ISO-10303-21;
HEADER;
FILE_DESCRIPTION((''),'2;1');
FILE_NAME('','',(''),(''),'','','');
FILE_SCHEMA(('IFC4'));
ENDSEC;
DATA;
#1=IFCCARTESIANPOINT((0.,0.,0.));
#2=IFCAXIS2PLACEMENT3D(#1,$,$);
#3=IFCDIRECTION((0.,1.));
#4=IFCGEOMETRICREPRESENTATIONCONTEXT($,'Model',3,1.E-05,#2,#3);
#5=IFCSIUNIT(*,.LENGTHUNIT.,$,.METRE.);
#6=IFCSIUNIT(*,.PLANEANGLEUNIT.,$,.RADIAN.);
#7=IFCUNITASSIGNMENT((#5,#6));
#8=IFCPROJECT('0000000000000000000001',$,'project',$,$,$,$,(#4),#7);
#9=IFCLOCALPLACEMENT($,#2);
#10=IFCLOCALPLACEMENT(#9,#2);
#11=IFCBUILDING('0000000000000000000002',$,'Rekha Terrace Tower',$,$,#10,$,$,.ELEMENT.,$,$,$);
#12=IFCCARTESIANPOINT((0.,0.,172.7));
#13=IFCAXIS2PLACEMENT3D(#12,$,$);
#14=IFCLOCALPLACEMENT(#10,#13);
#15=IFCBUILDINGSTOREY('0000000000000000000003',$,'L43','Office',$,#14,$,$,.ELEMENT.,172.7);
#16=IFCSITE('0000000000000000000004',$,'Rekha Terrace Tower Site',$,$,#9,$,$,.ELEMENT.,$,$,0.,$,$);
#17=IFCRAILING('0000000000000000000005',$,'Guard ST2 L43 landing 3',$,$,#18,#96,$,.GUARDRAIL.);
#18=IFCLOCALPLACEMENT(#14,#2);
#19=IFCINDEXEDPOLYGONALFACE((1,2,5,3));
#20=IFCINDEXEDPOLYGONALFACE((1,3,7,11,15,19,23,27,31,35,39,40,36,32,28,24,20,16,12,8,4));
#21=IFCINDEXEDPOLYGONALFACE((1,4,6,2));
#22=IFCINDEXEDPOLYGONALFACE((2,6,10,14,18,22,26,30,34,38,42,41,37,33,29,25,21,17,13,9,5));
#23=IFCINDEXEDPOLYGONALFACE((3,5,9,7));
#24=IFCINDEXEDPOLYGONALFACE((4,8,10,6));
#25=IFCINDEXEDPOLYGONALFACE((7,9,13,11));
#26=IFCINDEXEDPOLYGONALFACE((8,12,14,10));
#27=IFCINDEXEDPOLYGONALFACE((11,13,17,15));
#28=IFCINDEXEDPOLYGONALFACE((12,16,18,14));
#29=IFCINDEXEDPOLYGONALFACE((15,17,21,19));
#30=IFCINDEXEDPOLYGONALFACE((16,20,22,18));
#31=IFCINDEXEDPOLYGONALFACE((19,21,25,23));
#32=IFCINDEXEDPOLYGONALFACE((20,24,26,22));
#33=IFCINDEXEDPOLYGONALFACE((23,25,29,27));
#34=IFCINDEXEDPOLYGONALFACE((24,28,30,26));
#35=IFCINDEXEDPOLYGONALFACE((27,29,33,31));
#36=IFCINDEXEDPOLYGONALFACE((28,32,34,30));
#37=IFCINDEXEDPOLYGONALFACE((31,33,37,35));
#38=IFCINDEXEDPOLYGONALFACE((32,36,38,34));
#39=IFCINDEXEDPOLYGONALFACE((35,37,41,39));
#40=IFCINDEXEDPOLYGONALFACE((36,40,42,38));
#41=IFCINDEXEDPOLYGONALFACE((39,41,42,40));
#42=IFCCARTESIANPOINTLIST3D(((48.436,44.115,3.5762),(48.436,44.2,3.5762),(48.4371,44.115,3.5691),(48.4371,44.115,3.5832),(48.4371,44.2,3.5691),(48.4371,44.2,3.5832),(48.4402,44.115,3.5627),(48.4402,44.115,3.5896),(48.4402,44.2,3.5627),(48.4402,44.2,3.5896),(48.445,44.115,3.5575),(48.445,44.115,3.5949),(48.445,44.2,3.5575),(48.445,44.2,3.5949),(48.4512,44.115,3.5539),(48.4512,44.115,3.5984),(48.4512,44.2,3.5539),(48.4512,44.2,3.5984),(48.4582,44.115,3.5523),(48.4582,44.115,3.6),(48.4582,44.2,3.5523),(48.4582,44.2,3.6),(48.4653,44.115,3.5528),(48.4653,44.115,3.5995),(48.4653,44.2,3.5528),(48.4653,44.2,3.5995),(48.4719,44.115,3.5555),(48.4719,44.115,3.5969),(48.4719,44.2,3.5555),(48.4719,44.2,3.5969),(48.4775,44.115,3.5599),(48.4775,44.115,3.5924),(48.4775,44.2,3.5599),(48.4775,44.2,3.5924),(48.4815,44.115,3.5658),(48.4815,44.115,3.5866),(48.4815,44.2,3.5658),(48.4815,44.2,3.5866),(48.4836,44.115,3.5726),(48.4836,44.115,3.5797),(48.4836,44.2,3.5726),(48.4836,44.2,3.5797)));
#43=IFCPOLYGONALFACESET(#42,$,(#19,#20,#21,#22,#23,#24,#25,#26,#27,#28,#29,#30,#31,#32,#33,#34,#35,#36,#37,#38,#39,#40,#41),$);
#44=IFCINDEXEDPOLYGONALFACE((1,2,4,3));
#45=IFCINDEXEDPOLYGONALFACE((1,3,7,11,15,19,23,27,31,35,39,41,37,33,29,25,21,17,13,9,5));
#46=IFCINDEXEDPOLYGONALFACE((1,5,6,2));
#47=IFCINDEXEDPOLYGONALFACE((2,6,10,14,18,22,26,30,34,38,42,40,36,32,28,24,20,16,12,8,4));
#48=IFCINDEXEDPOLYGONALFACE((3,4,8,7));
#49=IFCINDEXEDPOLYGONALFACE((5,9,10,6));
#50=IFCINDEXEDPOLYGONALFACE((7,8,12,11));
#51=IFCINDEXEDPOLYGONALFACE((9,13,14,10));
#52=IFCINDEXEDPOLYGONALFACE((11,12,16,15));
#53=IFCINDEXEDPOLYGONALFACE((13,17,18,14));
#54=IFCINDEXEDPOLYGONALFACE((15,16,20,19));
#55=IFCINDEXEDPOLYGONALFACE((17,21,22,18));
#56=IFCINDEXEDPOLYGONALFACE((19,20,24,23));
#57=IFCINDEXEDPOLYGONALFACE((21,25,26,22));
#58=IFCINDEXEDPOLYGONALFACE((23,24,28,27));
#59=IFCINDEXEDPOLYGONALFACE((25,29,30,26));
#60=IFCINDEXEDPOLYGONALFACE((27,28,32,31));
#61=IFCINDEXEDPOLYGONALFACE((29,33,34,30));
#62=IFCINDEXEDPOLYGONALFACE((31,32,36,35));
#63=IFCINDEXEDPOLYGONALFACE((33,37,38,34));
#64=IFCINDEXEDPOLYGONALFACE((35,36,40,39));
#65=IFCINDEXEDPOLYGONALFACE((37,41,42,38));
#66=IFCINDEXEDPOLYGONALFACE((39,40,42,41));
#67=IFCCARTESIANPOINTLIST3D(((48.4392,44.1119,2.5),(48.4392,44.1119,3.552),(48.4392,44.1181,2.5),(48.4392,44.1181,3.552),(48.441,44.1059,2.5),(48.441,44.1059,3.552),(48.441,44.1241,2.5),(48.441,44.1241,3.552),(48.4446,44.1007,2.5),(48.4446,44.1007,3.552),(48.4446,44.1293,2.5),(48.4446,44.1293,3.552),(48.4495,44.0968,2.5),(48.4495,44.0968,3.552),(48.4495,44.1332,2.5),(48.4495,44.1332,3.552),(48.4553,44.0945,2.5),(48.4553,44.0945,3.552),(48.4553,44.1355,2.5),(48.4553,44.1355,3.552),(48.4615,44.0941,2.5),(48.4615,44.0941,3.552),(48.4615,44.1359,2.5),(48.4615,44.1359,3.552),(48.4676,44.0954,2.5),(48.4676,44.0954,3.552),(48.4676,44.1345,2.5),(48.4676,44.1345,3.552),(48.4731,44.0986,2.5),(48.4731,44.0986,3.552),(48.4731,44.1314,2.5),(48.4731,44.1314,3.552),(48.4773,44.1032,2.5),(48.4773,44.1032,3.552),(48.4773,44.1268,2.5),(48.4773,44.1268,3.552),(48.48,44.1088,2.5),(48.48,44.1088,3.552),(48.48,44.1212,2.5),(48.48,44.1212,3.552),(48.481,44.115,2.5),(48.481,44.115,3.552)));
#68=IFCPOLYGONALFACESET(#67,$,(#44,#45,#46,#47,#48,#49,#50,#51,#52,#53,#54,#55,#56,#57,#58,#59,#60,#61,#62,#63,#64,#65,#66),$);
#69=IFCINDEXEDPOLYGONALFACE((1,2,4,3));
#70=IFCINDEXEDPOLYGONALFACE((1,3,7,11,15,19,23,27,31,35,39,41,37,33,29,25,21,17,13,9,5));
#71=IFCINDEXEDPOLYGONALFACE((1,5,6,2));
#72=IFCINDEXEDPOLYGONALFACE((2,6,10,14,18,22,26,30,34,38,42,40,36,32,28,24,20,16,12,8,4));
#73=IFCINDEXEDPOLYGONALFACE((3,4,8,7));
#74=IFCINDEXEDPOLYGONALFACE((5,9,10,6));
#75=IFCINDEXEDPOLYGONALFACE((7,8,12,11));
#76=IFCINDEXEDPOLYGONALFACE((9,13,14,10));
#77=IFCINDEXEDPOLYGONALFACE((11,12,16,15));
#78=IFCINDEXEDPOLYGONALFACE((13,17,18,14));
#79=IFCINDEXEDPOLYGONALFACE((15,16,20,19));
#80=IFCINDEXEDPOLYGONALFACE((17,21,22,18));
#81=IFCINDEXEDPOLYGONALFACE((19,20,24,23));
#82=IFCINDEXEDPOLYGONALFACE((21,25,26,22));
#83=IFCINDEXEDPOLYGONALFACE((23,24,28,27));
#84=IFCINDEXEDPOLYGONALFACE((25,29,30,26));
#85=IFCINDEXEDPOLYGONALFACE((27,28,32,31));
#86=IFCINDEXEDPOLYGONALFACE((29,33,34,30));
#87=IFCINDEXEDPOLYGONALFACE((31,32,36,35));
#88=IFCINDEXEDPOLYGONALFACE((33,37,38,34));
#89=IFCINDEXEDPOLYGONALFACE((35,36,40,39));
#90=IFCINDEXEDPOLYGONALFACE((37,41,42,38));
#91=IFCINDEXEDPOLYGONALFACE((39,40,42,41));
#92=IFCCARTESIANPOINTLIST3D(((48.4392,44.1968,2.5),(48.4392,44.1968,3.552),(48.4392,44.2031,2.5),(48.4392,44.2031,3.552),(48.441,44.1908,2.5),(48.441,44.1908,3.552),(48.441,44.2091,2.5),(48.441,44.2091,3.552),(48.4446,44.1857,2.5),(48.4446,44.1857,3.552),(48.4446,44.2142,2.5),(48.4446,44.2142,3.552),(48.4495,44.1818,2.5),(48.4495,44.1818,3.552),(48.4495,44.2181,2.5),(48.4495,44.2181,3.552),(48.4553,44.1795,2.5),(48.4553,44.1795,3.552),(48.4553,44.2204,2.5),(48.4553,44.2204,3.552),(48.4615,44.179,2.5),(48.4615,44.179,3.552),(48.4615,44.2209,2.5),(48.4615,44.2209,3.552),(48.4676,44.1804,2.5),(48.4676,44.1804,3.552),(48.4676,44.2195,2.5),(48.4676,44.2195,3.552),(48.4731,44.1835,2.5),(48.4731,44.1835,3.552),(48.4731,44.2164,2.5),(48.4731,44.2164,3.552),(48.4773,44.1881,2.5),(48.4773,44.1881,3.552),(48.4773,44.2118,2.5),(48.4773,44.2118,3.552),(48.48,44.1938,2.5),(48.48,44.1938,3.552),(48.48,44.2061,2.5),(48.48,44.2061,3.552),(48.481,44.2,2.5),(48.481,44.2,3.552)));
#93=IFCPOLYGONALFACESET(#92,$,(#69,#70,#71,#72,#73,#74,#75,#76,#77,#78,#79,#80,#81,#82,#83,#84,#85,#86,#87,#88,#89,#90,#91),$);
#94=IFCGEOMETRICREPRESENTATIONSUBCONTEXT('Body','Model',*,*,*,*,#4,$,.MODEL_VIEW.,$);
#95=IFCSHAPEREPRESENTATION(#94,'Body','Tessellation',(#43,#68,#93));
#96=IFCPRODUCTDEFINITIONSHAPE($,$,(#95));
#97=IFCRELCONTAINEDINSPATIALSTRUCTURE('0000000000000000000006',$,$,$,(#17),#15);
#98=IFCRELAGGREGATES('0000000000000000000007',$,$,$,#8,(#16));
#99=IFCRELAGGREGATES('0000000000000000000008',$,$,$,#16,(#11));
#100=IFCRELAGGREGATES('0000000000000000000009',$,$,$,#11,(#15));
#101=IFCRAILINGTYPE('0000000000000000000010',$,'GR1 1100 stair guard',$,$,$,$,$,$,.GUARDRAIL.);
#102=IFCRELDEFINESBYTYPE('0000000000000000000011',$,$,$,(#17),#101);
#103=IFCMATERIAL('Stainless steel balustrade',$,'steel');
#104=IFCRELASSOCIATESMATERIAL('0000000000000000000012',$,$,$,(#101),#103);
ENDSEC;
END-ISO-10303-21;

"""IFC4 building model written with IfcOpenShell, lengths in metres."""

from ifc_helpers import new_model, si_unit, direction, frame, origin, origin_2d, place, context, subcontext, project, spatial, circle, extrude, material, type_object, element, save


model = new_model("IFC4")

# Units and contexts
model_context = context("Model", 3, precision=1e-05, world=origin(), true_north=direction((0.0, 1.0)))
body_context = subcontext(model_context, "Body", "Model", "MODEL_VIEW")
ifc_project = project(units=[si_unit("LENGTHUNIT", "METRE"), si_unit("PLANEANGLEUNIT", "RADIAN")], contexts=[model_context])

# Site, building, storey
site_placement = place(None, origin())
site = spatial("IfcSite", under=ifc_project, at=site_placement, Name="Rekha Terrace Tower Site", CompositionType="ELEMENT", RefElevation=0.0)
building_placement = place(site_placement, origin())
building = spatial("IfcBuilding", under=site, at=building_placement, Name="Rekha Terrace Tower", CompositionType="ELEMENT")
storey_placement = place(building_placement, frame((0.0, 0.0, 172.7)))
storey = spatial("IfcBuildingStorey", under=building, at=storey_placement, Name="L43", Description="Office", CompositionType="ELEMENT", Elevation=172.7)

# Railing
ifc_material_1 = material(Name="Stainless steel balustrade", Category="steel")
railing_type_1 = type_object("IfcRailingType", Name="GR1 1100 stair guard", PredefinedType="GUARDRAIL", material=ifc_material_1)
railing_1_placement = place(storey_placement, frame((48.46, 44.115, 2.5)))
element("IfcRailing", 1, at=railing_1_placement, inside=storey, type_object=railing_type_1, Name="Guard ST2 L43 landing 3", PredefinedType="GUARDRAIL", context=body_context, shape_type="SweptSolid", body=[
    extrude(circle(Radius=0.0239, at=origin_2d()), frame((0.0, 0.0, 1.0762), z_axis=(0.0, 1.0, 0.0), x_axis=(-1.0, 0.0, 0.0)), (0.0, 0.0, 1.0), 0.085),
    extrude(circle(Radius=0.021, at=origin_2d()), origin(), (0.0, 0.0, 1.0), 1.052),
    extrude(circle(Radius=0.021, at=origin_2d()), frame((0.0, 0.085, 0.0)), (0.0, 0.0, 1.0), 1.052),
])

save(model, "model.ifc")
